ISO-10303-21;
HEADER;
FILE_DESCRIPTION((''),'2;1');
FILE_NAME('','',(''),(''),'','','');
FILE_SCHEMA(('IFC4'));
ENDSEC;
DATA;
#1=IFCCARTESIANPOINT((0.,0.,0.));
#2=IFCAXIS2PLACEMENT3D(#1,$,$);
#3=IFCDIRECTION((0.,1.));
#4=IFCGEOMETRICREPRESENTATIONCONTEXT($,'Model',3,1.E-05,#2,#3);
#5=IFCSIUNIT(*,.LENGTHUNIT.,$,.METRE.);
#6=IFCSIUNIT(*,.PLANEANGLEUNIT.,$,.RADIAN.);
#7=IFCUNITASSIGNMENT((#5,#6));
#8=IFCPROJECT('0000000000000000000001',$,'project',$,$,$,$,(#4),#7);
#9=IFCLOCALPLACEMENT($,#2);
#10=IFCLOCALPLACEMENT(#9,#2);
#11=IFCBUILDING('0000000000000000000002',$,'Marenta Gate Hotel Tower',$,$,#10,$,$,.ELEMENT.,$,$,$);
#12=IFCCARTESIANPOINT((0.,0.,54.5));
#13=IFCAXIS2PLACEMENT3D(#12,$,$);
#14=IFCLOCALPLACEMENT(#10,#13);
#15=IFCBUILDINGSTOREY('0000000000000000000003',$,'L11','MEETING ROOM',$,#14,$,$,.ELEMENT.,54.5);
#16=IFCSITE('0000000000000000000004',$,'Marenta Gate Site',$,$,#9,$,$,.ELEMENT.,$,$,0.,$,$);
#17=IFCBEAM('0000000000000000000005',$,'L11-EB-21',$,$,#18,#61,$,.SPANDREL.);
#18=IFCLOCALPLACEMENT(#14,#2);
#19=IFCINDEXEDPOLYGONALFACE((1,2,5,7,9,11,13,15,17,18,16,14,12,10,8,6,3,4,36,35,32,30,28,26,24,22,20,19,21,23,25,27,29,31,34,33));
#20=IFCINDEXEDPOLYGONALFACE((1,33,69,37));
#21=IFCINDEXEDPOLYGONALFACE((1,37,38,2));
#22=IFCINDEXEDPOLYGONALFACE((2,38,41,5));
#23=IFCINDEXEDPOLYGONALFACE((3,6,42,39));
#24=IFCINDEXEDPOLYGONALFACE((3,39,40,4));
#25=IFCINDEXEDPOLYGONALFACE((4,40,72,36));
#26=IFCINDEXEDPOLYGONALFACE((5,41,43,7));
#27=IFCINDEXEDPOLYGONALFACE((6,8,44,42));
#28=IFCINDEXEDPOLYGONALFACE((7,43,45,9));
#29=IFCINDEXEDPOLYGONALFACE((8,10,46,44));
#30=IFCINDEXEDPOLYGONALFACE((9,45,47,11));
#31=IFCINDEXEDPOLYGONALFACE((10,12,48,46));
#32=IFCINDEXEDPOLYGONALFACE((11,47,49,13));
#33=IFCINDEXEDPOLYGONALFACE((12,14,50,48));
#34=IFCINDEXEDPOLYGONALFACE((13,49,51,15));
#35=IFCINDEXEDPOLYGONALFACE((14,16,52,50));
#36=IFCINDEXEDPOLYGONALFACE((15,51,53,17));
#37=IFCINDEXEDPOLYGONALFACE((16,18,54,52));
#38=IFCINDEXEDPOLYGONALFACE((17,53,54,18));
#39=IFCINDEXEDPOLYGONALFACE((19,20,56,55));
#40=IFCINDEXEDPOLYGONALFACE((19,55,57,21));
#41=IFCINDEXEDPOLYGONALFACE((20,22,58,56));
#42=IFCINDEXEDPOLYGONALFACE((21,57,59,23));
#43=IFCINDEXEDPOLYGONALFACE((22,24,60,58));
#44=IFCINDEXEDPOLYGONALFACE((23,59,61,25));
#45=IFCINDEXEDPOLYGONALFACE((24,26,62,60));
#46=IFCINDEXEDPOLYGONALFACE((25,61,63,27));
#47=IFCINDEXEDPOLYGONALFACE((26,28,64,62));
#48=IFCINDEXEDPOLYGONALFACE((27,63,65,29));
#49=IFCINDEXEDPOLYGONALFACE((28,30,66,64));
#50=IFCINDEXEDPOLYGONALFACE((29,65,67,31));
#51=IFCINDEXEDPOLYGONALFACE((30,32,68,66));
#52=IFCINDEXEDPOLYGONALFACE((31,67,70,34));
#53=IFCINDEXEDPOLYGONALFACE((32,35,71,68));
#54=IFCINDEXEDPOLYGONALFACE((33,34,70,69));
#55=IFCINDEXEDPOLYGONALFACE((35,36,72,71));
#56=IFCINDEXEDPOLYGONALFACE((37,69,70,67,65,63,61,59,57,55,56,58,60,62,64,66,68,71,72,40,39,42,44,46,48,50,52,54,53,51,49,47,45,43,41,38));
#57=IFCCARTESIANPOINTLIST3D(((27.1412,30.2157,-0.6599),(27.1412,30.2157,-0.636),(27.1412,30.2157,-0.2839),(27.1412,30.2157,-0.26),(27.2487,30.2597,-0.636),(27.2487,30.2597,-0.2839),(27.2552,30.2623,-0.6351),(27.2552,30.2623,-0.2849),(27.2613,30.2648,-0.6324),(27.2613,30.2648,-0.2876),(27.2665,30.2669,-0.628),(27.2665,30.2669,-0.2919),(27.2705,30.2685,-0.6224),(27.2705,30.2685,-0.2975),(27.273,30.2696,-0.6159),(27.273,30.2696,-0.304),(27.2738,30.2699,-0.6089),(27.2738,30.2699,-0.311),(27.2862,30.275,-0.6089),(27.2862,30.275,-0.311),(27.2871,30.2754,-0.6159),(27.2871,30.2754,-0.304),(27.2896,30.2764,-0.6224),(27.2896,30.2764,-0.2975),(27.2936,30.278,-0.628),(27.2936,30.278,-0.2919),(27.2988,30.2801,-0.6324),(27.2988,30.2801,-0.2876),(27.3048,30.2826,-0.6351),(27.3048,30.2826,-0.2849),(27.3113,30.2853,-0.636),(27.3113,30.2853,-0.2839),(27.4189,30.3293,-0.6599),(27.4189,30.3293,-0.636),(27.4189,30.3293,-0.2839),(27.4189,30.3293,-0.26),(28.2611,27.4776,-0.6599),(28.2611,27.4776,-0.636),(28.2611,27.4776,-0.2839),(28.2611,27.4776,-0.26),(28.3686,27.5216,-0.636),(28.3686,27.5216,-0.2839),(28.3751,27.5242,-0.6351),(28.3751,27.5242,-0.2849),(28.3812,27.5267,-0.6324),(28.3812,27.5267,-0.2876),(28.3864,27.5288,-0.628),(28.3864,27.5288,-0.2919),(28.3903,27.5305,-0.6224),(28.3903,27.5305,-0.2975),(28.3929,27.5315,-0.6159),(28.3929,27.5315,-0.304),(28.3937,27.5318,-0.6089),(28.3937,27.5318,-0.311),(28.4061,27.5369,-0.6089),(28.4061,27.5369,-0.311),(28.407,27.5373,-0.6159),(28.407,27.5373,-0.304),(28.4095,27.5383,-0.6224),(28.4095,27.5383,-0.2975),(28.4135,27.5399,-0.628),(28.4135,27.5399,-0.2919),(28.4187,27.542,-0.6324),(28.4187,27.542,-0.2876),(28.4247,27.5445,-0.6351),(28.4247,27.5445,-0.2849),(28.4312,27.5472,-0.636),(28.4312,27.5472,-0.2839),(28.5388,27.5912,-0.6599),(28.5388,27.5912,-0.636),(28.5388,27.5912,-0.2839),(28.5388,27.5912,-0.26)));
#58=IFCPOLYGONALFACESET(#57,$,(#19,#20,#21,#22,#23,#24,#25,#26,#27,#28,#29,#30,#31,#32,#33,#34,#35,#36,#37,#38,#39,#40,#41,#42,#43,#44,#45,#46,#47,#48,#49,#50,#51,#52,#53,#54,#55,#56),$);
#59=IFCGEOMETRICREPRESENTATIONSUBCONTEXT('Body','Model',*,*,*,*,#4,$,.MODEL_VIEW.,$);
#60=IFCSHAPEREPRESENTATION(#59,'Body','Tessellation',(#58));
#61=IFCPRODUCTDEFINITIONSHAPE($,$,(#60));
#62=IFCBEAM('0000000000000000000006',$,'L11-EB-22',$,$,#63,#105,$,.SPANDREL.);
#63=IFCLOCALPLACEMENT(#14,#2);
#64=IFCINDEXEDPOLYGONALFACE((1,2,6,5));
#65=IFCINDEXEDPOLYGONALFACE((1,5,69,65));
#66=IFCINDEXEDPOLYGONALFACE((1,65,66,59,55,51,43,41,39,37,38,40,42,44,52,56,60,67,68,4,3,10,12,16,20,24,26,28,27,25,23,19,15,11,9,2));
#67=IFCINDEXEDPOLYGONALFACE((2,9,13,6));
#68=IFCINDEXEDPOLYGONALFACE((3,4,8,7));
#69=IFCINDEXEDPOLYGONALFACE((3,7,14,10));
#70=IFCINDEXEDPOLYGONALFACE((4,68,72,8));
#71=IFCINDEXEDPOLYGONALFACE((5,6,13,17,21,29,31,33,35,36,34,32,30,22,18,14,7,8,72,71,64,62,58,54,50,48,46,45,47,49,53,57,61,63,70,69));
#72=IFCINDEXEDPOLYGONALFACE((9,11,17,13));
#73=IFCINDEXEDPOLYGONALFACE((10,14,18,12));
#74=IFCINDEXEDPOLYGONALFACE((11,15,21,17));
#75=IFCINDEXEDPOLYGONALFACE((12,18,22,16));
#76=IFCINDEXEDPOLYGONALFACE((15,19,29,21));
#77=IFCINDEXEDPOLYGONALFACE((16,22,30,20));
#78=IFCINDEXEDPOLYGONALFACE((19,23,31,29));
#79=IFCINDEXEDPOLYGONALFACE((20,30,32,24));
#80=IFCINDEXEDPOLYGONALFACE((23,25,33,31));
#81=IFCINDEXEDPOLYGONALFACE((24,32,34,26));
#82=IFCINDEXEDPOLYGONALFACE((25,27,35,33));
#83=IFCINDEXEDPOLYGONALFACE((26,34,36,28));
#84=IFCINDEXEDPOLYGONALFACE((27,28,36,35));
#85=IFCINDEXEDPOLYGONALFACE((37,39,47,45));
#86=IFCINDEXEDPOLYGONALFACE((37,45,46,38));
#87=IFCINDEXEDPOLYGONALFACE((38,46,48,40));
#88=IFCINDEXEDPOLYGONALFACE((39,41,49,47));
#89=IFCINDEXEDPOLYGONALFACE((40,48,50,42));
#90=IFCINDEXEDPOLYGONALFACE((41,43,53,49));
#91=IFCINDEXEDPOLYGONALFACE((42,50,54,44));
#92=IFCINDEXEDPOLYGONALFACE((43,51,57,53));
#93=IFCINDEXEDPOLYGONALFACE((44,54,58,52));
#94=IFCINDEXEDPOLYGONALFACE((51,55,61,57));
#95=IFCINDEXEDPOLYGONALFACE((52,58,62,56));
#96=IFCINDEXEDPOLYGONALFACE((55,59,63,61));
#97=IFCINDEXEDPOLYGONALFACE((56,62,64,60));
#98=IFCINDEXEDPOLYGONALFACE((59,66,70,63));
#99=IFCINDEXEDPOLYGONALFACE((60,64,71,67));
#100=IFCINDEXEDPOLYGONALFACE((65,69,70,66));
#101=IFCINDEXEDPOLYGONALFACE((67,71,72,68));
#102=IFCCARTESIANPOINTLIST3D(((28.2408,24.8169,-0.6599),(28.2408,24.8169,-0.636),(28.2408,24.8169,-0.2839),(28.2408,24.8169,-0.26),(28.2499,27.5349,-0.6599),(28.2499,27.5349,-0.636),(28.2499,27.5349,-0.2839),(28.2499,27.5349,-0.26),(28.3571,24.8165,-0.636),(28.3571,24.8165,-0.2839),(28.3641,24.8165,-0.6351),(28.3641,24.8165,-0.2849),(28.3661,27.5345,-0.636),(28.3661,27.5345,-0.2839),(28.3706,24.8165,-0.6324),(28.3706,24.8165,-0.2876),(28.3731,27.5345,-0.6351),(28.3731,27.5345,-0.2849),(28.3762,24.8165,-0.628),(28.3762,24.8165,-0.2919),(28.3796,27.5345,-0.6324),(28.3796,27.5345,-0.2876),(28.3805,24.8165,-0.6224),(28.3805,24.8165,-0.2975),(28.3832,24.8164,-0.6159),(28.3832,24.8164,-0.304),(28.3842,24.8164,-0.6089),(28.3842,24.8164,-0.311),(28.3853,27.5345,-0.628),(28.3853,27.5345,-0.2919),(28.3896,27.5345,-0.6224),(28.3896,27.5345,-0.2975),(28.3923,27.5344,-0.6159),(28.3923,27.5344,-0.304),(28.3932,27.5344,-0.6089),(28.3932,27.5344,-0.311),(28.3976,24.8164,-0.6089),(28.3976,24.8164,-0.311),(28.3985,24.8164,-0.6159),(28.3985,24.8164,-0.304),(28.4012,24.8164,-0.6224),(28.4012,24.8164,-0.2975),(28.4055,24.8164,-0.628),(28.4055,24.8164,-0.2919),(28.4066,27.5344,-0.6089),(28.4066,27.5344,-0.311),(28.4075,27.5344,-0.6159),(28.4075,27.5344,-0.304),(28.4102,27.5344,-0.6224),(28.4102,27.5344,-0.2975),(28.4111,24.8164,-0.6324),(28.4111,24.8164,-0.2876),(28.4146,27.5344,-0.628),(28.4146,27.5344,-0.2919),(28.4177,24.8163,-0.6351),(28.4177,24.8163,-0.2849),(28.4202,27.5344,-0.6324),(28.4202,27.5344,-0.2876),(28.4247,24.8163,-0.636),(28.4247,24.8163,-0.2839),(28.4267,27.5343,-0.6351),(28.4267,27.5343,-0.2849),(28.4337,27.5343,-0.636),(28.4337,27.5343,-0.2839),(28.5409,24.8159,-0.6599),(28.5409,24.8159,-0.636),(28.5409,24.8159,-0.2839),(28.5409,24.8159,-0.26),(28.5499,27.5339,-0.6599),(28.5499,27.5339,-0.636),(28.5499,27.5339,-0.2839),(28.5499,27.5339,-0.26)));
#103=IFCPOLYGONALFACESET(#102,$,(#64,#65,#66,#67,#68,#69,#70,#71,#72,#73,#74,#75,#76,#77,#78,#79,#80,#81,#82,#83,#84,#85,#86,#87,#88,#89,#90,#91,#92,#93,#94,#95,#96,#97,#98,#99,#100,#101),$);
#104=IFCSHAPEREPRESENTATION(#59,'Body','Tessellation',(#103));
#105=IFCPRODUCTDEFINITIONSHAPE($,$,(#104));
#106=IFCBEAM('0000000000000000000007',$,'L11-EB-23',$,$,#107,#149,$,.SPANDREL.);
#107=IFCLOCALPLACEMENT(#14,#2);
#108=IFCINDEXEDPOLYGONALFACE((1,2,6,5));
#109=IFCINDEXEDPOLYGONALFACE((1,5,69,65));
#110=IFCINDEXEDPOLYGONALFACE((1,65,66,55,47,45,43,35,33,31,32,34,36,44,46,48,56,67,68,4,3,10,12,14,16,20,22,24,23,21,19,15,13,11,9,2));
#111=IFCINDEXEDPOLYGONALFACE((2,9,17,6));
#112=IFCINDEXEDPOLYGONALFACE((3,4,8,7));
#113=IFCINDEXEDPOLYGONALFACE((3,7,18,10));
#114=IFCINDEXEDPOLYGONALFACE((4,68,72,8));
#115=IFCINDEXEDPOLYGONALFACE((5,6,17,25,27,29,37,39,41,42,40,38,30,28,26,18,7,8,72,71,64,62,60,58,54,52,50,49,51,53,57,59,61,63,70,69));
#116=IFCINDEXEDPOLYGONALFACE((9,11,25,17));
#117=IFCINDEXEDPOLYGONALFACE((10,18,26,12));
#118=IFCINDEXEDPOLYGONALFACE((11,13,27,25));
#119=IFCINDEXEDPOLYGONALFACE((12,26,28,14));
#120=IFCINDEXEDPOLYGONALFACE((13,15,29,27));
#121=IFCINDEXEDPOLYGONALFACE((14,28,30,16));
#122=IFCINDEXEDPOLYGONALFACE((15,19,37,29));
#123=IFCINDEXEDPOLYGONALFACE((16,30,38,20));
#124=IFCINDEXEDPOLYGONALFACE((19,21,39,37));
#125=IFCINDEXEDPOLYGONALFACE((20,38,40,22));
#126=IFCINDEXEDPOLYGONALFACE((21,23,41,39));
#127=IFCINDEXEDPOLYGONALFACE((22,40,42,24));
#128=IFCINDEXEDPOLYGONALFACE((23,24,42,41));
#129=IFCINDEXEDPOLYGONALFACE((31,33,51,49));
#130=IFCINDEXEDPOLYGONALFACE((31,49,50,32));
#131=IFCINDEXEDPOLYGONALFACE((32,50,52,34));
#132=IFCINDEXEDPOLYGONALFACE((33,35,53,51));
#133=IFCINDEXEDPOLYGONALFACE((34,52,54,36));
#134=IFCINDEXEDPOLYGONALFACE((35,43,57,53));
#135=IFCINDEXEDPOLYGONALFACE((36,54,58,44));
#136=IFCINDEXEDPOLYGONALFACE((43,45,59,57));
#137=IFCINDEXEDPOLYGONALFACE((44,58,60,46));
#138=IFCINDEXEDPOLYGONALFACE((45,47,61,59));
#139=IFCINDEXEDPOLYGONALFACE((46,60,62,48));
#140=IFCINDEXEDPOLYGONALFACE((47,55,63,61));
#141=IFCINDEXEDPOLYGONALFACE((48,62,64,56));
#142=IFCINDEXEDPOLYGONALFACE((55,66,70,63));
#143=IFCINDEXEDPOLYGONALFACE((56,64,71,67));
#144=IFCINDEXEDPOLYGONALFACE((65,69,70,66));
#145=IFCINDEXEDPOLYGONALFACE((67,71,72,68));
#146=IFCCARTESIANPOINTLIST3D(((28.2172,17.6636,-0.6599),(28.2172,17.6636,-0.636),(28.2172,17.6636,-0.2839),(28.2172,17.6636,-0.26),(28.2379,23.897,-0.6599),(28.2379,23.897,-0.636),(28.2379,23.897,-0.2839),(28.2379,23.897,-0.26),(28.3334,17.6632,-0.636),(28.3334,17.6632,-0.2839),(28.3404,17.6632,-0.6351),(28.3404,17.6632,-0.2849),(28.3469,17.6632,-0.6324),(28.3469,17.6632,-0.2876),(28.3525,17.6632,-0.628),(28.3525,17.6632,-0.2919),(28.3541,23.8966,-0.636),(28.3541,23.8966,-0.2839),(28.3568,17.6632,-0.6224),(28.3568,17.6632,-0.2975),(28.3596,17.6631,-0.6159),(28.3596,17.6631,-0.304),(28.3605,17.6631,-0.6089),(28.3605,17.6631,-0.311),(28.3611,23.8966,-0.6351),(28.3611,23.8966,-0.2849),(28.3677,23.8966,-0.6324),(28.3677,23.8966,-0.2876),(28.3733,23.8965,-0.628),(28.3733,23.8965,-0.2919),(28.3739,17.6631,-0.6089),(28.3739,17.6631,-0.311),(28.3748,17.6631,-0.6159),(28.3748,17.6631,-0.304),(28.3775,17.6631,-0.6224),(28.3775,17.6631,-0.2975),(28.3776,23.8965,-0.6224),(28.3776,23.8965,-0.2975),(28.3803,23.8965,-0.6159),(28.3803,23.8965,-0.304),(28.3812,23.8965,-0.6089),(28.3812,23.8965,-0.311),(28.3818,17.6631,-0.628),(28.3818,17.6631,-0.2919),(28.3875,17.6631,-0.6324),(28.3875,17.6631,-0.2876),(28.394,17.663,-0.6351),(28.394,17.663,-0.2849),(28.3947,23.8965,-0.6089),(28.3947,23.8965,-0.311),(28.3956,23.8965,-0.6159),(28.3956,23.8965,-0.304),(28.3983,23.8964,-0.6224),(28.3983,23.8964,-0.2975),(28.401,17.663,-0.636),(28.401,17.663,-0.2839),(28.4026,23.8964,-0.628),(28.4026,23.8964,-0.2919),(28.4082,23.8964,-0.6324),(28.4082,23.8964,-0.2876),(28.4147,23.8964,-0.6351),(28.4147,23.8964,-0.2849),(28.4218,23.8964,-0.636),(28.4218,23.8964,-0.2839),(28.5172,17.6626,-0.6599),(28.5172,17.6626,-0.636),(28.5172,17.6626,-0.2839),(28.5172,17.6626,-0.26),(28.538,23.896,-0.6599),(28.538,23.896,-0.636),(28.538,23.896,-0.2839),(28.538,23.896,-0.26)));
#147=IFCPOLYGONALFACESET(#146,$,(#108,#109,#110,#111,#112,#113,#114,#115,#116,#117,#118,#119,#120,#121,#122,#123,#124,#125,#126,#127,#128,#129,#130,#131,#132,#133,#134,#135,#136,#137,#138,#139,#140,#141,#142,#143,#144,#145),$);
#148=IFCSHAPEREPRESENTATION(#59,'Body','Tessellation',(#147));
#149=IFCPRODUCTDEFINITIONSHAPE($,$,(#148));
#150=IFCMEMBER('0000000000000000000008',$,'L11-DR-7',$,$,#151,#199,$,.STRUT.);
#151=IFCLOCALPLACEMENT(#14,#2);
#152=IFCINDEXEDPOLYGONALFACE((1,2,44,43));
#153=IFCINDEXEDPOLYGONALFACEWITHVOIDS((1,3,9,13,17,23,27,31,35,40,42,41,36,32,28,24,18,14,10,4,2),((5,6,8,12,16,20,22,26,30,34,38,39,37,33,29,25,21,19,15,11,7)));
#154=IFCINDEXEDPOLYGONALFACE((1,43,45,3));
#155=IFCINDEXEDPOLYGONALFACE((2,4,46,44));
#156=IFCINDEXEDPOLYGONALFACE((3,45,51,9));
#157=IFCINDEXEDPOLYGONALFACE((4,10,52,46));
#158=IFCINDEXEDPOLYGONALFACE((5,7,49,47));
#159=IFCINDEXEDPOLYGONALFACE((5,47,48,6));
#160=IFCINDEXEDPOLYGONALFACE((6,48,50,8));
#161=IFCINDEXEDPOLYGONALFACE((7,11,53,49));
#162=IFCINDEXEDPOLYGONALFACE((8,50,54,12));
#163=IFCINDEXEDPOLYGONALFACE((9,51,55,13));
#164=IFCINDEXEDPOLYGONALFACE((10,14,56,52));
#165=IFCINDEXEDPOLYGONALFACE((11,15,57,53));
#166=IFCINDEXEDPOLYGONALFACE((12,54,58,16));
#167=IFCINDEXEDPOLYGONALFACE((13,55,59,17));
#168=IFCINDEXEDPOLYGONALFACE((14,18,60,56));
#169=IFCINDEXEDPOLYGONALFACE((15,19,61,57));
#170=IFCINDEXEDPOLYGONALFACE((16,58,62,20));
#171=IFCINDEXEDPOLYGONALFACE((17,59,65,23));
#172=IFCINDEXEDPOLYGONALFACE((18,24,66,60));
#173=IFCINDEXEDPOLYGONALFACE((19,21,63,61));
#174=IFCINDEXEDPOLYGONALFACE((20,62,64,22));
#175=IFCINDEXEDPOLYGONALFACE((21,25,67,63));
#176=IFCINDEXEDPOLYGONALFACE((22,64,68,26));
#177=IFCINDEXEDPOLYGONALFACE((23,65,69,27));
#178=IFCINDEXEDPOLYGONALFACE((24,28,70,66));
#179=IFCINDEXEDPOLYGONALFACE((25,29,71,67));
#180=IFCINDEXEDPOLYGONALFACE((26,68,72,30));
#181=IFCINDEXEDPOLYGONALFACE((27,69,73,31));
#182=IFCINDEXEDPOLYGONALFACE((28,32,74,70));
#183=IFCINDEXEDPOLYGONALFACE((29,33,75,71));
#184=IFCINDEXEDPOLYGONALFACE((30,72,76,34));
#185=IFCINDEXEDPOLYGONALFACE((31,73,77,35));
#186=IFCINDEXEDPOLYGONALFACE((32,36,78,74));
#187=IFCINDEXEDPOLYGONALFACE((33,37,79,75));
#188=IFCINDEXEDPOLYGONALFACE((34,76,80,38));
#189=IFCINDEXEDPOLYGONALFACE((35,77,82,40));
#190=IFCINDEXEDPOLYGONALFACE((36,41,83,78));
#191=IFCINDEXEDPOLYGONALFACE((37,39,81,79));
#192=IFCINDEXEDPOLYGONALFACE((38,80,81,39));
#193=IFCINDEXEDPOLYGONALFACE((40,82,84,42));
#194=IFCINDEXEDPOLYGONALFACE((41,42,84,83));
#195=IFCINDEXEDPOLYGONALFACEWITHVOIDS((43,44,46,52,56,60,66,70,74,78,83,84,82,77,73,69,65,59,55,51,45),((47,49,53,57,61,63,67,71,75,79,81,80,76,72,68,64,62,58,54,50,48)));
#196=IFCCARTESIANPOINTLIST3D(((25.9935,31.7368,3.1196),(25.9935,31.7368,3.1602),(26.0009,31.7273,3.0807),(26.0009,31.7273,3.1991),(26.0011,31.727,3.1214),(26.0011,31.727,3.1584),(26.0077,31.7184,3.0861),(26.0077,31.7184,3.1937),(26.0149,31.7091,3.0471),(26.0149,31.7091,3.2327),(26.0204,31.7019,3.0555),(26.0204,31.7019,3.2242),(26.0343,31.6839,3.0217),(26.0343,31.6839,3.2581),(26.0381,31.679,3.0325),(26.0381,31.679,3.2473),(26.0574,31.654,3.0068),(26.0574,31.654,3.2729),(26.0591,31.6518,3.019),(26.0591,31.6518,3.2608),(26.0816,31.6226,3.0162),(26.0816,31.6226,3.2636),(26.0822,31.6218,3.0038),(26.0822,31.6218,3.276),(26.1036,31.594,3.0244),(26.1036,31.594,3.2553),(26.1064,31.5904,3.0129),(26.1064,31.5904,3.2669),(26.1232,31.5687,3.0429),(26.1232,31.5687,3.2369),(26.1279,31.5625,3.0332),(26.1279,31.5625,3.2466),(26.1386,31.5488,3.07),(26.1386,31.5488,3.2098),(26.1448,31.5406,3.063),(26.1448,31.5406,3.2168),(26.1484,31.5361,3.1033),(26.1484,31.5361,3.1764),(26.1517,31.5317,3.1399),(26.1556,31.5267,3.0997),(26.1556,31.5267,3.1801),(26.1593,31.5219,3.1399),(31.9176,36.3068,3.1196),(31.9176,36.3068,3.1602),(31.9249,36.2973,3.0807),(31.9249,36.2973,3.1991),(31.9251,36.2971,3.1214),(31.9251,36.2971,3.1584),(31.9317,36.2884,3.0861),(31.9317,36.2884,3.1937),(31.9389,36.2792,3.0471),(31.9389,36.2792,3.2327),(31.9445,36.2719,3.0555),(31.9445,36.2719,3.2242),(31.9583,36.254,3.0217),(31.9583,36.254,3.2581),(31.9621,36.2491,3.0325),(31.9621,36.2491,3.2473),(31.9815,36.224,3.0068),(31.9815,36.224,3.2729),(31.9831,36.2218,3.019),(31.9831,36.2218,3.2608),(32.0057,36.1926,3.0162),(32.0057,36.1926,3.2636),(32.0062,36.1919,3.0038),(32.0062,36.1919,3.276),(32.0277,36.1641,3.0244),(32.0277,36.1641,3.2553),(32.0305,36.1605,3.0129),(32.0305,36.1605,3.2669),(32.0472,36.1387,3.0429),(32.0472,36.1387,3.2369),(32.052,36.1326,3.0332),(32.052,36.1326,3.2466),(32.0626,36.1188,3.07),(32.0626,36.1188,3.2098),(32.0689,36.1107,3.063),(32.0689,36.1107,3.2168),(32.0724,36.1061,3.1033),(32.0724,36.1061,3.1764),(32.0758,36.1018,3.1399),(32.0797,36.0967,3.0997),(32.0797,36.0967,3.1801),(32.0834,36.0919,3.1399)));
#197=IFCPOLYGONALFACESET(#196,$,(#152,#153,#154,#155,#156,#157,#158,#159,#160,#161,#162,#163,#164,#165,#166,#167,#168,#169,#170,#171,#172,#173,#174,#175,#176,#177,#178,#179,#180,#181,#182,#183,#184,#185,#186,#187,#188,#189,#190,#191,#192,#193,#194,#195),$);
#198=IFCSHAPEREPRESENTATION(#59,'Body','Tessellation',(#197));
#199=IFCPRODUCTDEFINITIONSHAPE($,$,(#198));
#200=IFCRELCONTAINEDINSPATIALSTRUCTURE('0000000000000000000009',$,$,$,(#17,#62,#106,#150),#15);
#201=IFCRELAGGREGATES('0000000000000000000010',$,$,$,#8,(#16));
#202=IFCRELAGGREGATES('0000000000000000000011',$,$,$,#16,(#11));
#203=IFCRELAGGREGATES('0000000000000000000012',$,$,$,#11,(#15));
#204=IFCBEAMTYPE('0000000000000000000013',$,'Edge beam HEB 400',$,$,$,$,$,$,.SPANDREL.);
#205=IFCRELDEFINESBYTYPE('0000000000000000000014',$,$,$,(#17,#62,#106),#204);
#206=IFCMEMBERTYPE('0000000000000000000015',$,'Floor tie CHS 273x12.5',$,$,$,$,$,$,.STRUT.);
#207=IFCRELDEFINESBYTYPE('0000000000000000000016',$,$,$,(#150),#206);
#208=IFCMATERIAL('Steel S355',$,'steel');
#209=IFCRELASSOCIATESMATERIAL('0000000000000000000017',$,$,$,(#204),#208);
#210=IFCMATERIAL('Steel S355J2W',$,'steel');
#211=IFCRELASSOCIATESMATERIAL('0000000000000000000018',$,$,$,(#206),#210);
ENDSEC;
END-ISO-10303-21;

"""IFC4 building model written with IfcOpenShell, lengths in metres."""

from ifc_helpers import new_model, si_unit, direction, frame, origin, origin_2d, place, context, subcontext, project, spatial, hollow_circle, i_section, extrude, material, material_profile, profile_set, type_object, element, save


model = new_model("IFC4")

# Units and contexts
model_context = context("Model", 3, precision=1e-05, world=origin(), true_north=direction((0.0, 1.0)))
body_context = subcontext(model_context, "Body", "Model", "MODEL_VIEW")
ifc_project = project(units=[si_unit("LENGTHUNIT", "METRE"), si_unit("PLANEANGLEUNIT", "RADIAN")], contexts=[model_context])

# Site, building, storey
site_placement = place(None, origin())
site = spatial("IfcSite", under=ifc_project, at=site_placement, Name="Marenta Gate Site", CompositionType="ELEMENT", RefElevation=0.0)
building_placement = place(site_placement, origin())
building = spatial("IfcBuilding", under=site, at=building_placement, Name="Marenta Gate Hotel Tower", CompositionType="ELEMENT")
storey_placement = place(building_placement, frame((0.0, 0.0, 54.5)))
storey = spatial("IfcBuildingStorey", under=building, at=storey_placement, Name="L11", Description="MEETING ROOM", CompositionType="ELEMENT", Elevation=54.5)

# Beams
ifc_material_1 = material(Name="Steel S355", Category="steel")
ifc_material_profile_1 = material_profile(ifc_material_1, i_section(OverallWidth=0.3, OverallDepth=0.3999, WebThickness=0.0134, FlangeThickness=0.0239, FilletRadius=0.0271, at=origin_2d()), Name="HEB 400")
ifc_profile_set_1 = profile_set([ifc_material_profile_1], Name="Steel S355")
beam_type = type_object("IfcBeamType", Name="Edge beam HEB 400", PredefinedType="SPANDREL", material=ifc_profile_set_1)
beam_1_placement = place(storey_placement, frame((27.28, 30.2725, -0.46), z_axis=(0.378565, -0.925575, 0.0), x_axis=(0.925575, 0.378565, 0.0)))
element("IfcBeam", 1, at=beam_1_placement, inside=storey, type_object=beam_type, Name="L11-EB-21", PredefinedType="SPANDREL", context=body_context, shape_type="SweptSolid", body=[
    extrude(i_section(OverallWidth=0.3, OverallDepth=0.3999, WebThickness=0.0134, FlangeThickness=0.0239, FilletRadius=0.0271, at=origin_2d()), origin(), (0.0, 0.0, 1.0), 2.9583),
])
beam_2_placement = place(storey_placement, frame((28.3999, 27.5344, -0.46), z_axis=(-0.003323, -0.999994, 0.0), x_axis=(0.999994, -0.003323, 0.0)))
element("IfcBeam", 2, at=beam_2_placement, inside=storey, type_object=beam_type, Name="L11-EB-22", PredefinedType="SPANDREL", context=body_context, shape_type="SweptSolid", body=[
    extrude(i_section(OverallWidth=0.3, OverallDepth=0.3999, WebThickness=0.0134, FlangeThickness=0.0239, FilletRadius=0.0271, at=origin_2d()), origin(), (0.0, 0.0, 1.0), 2.718),
])
beam_3_placement = place(storey_placement, frame((28.3879, 23.8965, -0.46), z_axis=(-0.003329, -0.999994, 0.0), x_axis=(0.999994, -0.003329, 0.0)))
element("IfcBeam", 3, at=beam_3_placement, inside=storey, type_object=beam_type, Name="L11-EB-23", PredefinedType="SPANDREL", context=body_context, shape_type="SweptSolid", body=[
    extrude(i_section(OverallWidth=0.3, OverallDepth=0.3999, WebThickness=0.0134, FlangeThickness=0.0239, FilletRadius=0.0271, at=origin_2d()), origin(), (0.0, 0.0, 1.0), 6.2334),
])

# Member
ifc_material_2 = material(Name="Steel S355J2W", Category="steel")
ifc_material_profile_2 = material_profile(ifc_material_2, hollow_circle(Radius=0.1365, WallThickness=0.0125, at=origin_2d()), Name="CHS 273x12.5")
ifc_profile_set_2 = profile_set([ifc_material_profile_2], Name="Steel S355J2W")
member_type_1 = type_object("IfcMemberType", Name="Floor tie CHS 273x12.5", PredefinedType="STRUT", material=ifc_profile_set_2)
member_1_placement = place(storey_placement, frame((32.0, 36.2, 3.1399), z_axis=(-0.791778, -0.610809, 0.0), x_axis=(0.610809, -0.791778, 0.0)))
element("IfcMember", 4, at=member_1_placement, inside=storey, type_object=member_type_1, Name="L11-DR-7", PredefinedType="STRUT", context=body_context, shape_type="SweptSolid", body=[
    extrude(hollow_circle(Radius=0.1365, WallThickness=0.0125, at=origin_2d()), origin(), (0.0, 0.0, 1.0), 7.4819),
])

save(model, "model.ifc")
